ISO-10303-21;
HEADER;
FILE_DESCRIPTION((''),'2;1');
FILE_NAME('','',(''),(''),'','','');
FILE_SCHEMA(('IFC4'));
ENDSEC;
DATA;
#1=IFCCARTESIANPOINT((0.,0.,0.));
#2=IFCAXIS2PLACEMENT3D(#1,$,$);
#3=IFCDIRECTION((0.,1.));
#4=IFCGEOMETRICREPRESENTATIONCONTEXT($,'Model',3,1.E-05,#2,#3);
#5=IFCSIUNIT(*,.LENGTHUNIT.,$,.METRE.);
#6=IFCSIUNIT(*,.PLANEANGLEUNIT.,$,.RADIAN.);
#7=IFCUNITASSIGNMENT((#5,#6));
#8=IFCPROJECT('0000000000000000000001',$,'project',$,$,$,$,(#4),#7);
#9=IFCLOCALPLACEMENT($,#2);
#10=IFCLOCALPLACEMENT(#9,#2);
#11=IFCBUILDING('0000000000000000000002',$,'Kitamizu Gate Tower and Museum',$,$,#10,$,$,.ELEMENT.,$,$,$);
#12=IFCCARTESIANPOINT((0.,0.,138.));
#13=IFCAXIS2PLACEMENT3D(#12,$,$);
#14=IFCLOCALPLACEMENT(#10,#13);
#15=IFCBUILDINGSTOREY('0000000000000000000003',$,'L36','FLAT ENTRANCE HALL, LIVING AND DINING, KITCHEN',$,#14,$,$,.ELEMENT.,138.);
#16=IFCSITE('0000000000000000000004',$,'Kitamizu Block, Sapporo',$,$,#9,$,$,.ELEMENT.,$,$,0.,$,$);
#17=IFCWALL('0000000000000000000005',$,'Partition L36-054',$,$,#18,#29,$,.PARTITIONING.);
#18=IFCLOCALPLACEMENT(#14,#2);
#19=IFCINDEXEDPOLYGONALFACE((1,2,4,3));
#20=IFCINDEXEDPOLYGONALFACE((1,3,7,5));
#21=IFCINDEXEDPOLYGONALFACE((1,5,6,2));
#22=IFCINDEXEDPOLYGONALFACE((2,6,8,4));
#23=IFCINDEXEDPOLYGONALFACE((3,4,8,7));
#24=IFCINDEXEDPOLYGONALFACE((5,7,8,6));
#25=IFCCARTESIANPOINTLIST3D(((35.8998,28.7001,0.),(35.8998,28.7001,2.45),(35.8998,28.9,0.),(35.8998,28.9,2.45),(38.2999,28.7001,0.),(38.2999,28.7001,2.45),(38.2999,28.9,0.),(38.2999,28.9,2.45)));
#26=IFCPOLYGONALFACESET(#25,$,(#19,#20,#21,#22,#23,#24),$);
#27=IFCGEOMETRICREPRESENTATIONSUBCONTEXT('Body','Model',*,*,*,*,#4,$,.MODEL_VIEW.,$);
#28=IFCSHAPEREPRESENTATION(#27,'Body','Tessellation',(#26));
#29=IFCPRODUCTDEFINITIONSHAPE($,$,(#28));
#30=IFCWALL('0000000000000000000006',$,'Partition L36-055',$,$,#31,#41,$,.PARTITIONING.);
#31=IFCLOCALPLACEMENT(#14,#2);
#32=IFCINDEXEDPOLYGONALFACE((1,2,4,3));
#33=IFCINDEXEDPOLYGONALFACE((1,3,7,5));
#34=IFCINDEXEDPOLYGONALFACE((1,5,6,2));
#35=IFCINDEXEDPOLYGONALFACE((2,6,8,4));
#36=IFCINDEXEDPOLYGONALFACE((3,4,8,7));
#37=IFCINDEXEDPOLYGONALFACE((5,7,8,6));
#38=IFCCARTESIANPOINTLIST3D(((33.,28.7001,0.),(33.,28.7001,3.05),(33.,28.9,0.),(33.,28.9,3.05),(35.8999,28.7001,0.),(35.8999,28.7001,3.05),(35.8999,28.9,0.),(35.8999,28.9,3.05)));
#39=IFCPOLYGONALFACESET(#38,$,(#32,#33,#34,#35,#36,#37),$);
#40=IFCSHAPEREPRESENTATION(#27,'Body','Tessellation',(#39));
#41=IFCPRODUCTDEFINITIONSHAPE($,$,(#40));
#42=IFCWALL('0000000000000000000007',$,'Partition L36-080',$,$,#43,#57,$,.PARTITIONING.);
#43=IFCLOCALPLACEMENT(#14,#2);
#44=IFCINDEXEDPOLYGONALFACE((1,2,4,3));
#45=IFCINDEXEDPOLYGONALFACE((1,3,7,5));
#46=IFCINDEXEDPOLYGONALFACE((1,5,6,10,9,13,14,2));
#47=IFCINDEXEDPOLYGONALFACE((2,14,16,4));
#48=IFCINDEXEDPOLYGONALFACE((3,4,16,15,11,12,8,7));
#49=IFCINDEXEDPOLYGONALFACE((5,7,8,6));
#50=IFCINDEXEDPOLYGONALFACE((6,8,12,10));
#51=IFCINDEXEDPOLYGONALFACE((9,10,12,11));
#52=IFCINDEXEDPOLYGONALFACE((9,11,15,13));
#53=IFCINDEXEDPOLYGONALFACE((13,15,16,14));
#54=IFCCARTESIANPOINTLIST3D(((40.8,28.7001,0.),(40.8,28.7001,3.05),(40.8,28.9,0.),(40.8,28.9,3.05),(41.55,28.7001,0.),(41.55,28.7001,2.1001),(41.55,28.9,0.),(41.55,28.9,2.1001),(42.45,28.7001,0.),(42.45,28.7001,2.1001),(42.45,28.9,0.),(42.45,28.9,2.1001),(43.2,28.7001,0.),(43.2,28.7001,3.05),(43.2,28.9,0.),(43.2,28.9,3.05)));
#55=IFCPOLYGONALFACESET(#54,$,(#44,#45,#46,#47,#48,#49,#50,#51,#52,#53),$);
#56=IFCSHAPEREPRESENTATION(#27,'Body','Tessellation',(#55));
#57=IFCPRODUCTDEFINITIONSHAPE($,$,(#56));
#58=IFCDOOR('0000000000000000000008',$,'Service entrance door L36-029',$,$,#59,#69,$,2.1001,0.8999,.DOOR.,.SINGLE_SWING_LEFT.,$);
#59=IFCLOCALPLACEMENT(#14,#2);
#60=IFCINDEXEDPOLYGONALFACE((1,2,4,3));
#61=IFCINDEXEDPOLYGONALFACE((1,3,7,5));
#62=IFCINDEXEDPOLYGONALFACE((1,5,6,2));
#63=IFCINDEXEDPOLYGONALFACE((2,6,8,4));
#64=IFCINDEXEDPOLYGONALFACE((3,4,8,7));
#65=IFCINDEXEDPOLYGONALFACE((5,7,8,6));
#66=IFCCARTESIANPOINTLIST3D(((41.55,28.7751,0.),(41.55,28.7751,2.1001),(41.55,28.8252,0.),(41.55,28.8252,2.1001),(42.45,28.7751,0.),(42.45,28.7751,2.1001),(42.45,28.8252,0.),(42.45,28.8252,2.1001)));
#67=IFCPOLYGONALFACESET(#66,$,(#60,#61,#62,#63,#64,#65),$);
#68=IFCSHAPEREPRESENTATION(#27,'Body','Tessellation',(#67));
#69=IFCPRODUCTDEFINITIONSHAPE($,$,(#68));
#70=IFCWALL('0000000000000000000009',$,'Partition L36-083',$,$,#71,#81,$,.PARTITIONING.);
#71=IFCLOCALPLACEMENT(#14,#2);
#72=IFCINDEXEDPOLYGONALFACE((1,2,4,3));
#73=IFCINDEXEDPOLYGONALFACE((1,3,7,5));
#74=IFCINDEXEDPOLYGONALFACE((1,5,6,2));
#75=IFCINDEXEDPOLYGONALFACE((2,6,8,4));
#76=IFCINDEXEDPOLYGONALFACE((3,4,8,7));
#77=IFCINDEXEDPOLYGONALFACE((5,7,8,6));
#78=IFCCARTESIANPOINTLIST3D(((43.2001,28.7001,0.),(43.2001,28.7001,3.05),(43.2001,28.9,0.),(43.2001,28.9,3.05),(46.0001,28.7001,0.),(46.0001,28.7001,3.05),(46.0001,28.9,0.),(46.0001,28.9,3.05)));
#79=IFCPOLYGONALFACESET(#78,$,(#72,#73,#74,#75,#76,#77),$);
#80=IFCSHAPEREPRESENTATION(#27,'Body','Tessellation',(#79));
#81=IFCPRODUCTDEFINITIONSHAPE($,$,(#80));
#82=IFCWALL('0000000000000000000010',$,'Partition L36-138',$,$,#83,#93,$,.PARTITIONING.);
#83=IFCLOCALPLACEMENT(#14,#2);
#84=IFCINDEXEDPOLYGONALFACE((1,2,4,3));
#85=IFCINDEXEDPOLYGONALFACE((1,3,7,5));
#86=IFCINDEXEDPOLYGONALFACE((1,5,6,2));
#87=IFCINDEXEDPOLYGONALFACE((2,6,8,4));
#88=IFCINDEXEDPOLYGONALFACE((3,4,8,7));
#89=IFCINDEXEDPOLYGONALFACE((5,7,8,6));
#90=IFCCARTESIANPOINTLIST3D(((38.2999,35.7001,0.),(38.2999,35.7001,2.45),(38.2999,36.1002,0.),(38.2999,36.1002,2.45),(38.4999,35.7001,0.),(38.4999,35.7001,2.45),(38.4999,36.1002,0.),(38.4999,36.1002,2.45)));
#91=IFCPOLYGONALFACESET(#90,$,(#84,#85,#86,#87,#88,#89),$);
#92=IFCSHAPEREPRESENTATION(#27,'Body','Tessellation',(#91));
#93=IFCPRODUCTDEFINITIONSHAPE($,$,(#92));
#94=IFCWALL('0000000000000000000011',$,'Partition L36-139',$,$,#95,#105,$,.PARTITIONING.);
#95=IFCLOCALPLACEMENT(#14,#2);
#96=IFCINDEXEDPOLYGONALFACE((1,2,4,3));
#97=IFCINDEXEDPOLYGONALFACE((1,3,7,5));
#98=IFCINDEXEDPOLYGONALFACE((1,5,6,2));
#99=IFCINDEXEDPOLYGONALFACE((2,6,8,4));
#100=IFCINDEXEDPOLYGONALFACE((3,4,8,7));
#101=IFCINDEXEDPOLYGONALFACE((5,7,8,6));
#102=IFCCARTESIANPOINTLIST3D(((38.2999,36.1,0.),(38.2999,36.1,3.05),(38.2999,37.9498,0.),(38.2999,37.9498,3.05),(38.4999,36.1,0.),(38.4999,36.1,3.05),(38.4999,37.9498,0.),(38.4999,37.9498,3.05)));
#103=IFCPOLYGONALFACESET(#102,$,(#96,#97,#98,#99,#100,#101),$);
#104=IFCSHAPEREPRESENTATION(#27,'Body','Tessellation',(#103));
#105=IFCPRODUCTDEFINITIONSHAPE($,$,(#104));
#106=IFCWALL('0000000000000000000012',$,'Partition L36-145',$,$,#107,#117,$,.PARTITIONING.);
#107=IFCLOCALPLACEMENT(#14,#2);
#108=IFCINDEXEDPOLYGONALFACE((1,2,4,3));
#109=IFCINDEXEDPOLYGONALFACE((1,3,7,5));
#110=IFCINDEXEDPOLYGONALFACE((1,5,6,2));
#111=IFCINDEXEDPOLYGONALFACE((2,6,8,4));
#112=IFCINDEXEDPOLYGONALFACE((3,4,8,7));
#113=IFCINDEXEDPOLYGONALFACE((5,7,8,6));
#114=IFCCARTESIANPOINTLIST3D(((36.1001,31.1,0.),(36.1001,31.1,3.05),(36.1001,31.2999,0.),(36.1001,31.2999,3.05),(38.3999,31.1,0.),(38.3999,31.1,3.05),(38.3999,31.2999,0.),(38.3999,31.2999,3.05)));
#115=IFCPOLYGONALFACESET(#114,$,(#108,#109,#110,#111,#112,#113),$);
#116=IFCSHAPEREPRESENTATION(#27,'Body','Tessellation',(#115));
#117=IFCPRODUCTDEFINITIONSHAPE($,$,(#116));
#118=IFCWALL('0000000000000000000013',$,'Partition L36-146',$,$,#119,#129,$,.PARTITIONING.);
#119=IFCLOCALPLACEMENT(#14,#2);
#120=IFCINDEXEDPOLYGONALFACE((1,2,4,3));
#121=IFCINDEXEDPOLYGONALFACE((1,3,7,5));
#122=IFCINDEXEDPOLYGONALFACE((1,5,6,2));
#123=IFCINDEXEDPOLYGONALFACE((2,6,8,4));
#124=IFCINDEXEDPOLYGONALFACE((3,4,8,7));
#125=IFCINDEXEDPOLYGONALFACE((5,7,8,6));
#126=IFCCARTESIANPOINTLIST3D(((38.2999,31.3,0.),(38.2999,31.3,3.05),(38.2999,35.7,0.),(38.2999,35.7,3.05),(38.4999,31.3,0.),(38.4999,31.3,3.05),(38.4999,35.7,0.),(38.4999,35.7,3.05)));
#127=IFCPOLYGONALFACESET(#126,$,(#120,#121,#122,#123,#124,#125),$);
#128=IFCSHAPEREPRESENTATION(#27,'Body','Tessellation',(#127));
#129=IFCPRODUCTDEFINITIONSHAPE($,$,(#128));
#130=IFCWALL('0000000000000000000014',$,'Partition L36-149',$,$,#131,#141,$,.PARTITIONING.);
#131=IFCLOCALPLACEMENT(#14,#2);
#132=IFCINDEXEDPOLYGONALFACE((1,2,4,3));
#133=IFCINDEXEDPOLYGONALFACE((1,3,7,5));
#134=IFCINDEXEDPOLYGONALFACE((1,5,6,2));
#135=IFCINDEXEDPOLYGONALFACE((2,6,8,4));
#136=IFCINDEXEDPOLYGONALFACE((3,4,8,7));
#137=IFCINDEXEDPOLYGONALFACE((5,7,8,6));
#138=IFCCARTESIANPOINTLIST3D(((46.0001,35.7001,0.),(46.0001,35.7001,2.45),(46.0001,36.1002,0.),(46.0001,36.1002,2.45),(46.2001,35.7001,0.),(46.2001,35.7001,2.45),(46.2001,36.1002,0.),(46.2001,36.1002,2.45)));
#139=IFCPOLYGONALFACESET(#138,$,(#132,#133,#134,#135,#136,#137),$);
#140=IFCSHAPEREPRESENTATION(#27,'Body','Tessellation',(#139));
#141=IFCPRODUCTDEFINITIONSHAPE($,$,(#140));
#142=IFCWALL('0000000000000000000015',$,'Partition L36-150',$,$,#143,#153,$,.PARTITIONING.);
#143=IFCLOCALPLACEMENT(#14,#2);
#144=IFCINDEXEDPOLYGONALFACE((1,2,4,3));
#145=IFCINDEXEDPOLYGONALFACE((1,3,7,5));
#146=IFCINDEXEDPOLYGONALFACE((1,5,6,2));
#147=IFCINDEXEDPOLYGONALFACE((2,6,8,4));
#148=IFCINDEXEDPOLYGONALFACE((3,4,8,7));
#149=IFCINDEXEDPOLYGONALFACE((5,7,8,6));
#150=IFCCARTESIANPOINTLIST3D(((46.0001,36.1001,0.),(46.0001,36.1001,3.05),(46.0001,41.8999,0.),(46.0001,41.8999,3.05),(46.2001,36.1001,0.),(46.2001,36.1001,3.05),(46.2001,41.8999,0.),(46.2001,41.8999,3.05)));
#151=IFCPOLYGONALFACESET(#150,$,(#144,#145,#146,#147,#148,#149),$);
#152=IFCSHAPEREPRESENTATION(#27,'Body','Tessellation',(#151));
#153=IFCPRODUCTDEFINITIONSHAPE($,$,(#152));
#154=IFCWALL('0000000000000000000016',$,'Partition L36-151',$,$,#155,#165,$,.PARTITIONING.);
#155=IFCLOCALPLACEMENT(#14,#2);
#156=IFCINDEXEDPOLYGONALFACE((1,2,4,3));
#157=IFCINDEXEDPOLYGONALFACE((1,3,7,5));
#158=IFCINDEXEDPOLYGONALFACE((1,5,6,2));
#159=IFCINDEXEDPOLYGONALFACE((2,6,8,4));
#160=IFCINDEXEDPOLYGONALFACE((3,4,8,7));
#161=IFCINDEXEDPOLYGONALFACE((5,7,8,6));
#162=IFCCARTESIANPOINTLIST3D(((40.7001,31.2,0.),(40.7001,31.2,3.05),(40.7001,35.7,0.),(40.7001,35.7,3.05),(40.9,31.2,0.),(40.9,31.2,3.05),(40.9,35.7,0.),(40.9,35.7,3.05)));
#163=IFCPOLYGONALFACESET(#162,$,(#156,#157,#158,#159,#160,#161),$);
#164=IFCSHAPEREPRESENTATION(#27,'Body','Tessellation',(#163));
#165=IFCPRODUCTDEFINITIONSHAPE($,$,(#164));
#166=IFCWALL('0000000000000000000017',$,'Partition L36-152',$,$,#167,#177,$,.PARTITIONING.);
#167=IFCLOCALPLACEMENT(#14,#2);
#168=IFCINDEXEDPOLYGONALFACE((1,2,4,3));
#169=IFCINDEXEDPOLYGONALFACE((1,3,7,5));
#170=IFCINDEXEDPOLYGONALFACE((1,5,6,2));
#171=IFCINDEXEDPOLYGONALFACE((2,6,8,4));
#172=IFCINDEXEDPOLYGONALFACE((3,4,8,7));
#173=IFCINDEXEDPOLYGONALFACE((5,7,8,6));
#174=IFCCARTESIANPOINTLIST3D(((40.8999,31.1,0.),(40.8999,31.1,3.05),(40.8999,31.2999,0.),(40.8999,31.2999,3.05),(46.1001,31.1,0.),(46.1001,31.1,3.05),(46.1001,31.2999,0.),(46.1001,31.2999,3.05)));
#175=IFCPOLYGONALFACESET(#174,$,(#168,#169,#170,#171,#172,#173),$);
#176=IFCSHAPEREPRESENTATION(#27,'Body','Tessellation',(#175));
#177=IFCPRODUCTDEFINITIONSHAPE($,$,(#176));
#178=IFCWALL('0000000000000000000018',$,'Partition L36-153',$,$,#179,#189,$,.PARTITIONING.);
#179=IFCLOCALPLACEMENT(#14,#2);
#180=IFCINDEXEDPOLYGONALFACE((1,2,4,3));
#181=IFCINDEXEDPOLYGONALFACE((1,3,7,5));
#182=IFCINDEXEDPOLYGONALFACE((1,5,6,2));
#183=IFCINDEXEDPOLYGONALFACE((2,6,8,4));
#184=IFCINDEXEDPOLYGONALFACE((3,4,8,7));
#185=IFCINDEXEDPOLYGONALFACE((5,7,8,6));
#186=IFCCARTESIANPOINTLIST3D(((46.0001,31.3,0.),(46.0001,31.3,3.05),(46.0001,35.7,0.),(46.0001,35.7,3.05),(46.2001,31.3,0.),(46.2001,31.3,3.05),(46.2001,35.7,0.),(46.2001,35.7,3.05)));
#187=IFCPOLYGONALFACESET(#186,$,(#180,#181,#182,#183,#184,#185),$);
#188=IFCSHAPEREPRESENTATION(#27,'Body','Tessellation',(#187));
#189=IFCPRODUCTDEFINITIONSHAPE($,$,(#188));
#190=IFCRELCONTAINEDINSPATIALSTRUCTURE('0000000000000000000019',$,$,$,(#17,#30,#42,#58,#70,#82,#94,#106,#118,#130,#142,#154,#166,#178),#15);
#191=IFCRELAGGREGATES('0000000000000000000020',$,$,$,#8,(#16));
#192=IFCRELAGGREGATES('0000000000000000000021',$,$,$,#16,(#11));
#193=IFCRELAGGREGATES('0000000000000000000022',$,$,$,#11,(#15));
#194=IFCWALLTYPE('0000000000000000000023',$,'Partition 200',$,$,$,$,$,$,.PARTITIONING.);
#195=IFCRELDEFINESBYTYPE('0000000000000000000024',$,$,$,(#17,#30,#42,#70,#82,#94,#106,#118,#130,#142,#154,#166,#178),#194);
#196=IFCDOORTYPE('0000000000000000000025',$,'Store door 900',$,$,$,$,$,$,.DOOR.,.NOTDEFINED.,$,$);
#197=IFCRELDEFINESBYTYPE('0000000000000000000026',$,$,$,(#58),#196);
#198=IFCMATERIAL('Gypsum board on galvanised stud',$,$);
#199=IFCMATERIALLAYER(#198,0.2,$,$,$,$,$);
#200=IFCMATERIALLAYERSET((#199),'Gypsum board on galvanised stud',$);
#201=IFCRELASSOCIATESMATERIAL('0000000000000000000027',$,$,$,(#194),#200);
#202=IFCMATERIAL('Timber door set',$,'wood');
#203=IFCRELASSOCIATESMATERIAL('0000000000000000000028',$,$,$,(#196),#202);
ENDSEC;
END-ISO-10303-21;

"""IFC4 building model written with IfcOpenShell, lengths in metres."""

from ifc_helpers import new_model, si_unit, direction, frame, frame_2d, origin, place, context, subcontext, project, spatial, rectangle, extrude, material, layer, layer_set, type_object, element, fill, save


model = new_model("IFC4")

# Units and contexts
model_context = context("Model", 3, precision=1e-05, world=origin(), true_north=direction((0.0, 1.0)))
body_context = subcontext(model_context, "Body", "Model", "MODEL_VIEW")
ifc_project = project(units=[si_unit("LENGTHUNIT", "METRE"), si_unit("PLANEANGLEUNIT", "RADIAN")], contexts=[model_context])

# Site, building, storey
site_placement = place(None, origin())
site = spatial("IfcSite", under=ifc_project, at=site_placement, Name="Kitamizu Block, Sapporo", CompositionType="ELEMENT", RefElevation=0.0)
building_placement = place(site_placement, origin())
building = spatial("IfcBuilding", under=site, at=building_placement, Name="Kitamizu Gate Tower and Museum", CompositionType="ELEMENT")
storey_placement = place(building_placement, frame((0.0, 0.0, 138.0)))
storey = spatial("IfcBuildingStorey", under=building, at=storey_placement, Name="L36", Description="FLAT ENTRANCE HALL, LIVING AND DINING, KITCHEN", CompositionType="ELEMENT", Elevation=138.0)

# Walls
ifc_material_1 = material(Name="Gypsum board on galvanised stud")
ifc_layer_1 = layer(ifc_material_1, 0.2)
ifc_layer_set_1 = layer_set([ifc_layer_1], Name="Gypsum board on galvanised stud")
wall_type_1 = type_object("IfcWallType", Name="Partition 200", PredefinedType="PARTITIONING", material=ifc_layer_set_1)
wall_1_placement = place(storey_placement, frame((38.3, 28.8, 0.0), z_axis=(0.0, 0.0, 1.0), x_axis=(-1.0, 0.0, 0.0)))
element("IfcWall", 1, at=wall_1_placement, inside=storey, type_object=wall_type_1, Name="Partition L36-054", PredefinedType="PARTITIONING", context=body_context, shape_type="SweptSolid", body=[
    extrude(rectangle(XDim=2.4001, YDim=0.2, at=frame_2d((1.2002, 0.0))), origin(), (0.0, 0.0, 1.0), 2.45),
])
wall_2_placement = place(storey_placement, frame((35.8999, 28.8, 0.0), z_axis=(0.0, 0.0, 1.0), x_axis=(-1.0, 0.0, 0.0)))
element("IfcWall", 2, at=wall_2_placement, inside=storey, type_object=wall_type_1, Name="Partition L36-055", PredefinedType="PARTITIONING", context=body_context, shape_type="SweptSolid", body=[
    extrude(rectangle(XDim=2.8999, YDim=0.2, at=frame_2d((1.45, 0.0))), origin(), (0.0, 0.0, 1.0), 3.05),
])

# Wall, opening, door
wall_3_placement = place(storey_placement, frame((43.2, 28.8, 0.0), z_axis=(0.0, 0.0, 1.0), x_axis=(-1.0, 0.0, 0.0)))
wall_3 = element("IfcWall", 3, at=wall_3_placement, inside=storey, type_object=wall_type_1, Name="Partition L36-080", PredefinedType="PARTITIONING", context=body_context, shape_type="SweptSolid", body=[
    extrude(rectangle(XDim=2.3999, YDim=0.2, at=frame_2d((1.2, 0.0))), origin(), (0.0, 0.0, 1.0), 3.05),
])
opening_1_placement = place(wall_3_placement, frame((0.75, 0.0, 0.0)))
opening_1 = element("IfcOpeningElement", 4, at=opening_1_placement, cuts=wall_3, PredefinedType="OPENING", context=body_context, shape_type="SweptSolid", body=[
    extrude(rectangle(XDim=0.8999, YDim=2.1001, at=frame_2d((0.45, 1.05))), frame((0.0, 0.1099, 0.0), z_axis=(0.0, -1.0, 0.0), x_axis=(1.0, 0.0, 0.0)), (0.0, 0.0, 1.0), 0.22),
])
ifc_material_2 = material(Name="Timber door set", Category="wood")
door_type_1 = type_object("IfcDoorType", Name="Store door 900", OperationType="NOTDEFINED", PredefinedType="DOOR", material=ifc_material_2)
door_1_placement = place(opening_1_placement, origin())
door_1 = element("IfcDoor", 5, at=door_1_placement, inside=storey, type_object=door_type_1, Name="Service entrance door L36-029", OperationType="SINGLE_SWING_LEFT", OverallHeight=2.1001, OverallWidth=0.8999, PredefinedType="DOOR", context=body_context, shape_type="SweptSolid", body=[
    extrude(rectangle(XDim=0.8999, YDim=2.1001, at=frame_2d((0.45, 1.05))), frame((0.0, 0.0249, 0.0), z_axis=(0.0, -1.0, 0.0), x_axis=(1.0, 0.0, 0.0)), (0.0, 0.0, 1.0), 0.05),
])
fill(opening_1, door_1)

# Walls
wall_4_placement = place(storey_placement, frame((46.0, 28.8, 0.0), z_axis=(0.0, 0.0, 1.0), x_axis=(-1.0, 0.0, 0.0)))
element("IfcWall", 6, at=wall_4_placement, inside=storey, type_object=wall_type_1, Name="Partition L36-083", PredefinedType="PARTITIONING", context=body_context, shape_type="SweptSolid", body=[
    extrude(rectangle(XDim=2.8, YDim=0.2, at=frame_2d((1.3999, 0.0))), origin(), (0.0, 0.0, 1.0), 3.05),
])
wall_5_placement = place(storey_placement, frame((38.3999, 35.7, 0.0), z_axis=(0.0, 0.0, 1.0), x_axis=(0.0, 1.0, 0.0)))
element("IfcWall", 7, at=wall_5_placement, inside=storey, type_object=wall_type_1, Name="Partition L36-138", PredefinedType="PARTITIONING", context=body_context, shape_type="SweptSolid", body=[
    extrude(rectangle(XDim=0.4001, YDim=0.2, at=frame_2d((0.2002, 0.0))), origin(), (0.0, 0.0, 1.0), 2.45),
])
wall_6_placement = place(storey_placement, frame((38.3999, 36.1001, 0.0), z_axis=(0.0, 0.0, 1.0), x_axis=(0.0, 1.0, 0.0)))
element("IfcWall", 8, at=wall_6_placement, inside=storey, type_object=wall_type_1, Name="Partition L36-139", PredefinedType="PARTITIONING", context=body_context, shape_type="SweptSolid", body=[
    extrude(rectangle(XDim=1.8499, YDim=0.2, at=frame_2d((0.9248, 0.0))), origin(), (0.0, 0.0, 1.0), 3.05),
])
wall_7_placement = place(storey_placement, frame((36.1001, 31.2, 0.0), z_axis=(0.0, 0.0, 1.0), x_axis=(1.0, 0.0, 0.0)))
element("IfcWall", 9, at=wall_7_placement, inside=storey, type_object=wall_type_1, Name="Partition L36-145", PredefinedType="PARTITIONING", context=body_context, shape_type="SweptSolid", body=[
    extrude(rectangle(XDim=2.2998, YDim=0.2, at=frame_2d((1.1499, 0.0))), origin(), (0.0, 0.0, 1.0), 3.05),
])
wall_8_placement = place(storey_placement, frame((38.3999, 31.3, 0.0), z_axis=(0.0, 0.0, 1.0), x_axis=(0.0, 1.0, 0.0)))
element("IfcWall", 10, at=wall_8_placement, inside=storey, type_object=wall_type_1, Name="Partition L36-146", PredefinedType="PARTITIONING", context=body_context, shape_type="SweptSolid", body=[
    extrude(rectangle(XDim=4.3999, YDim=0.2, at=frame_2d((2.2, 0.0))), origin(), (0.0, 0.0, 1.0), 3.05),
])
wall_9_placement = place(storey_placement, frame((46.1001, 35.7, 0.0), z_axis=(0.0, 0.0, 1.0), x_axis=(0.0, 1.0, 0.0)))
element("IfcWall", 11, at=wall_9_placement, inside=storey, type_object=wall_type_1, Name="Partition L36-149", PredefinedType="PARTITIONING", context=body_context, shape_type="SweptSolid", body=[
    extrude(rectangle(XDim=0.4001, YDim=0.2, at=frame_2d((0.2002, 0.0))), origin(), (0.0, 0.0, 1.0), 2.45),
])
wall_10_placement = place(storey_placement, frame((46.1001, 36.1001, 0.0), z_axis=(0.0, 0.0, 1.0), x_axis=(0.0, 1.0, 0.0)))
element("IfcWall", 12, at=wall_10_placement, inside=storey, type_object=wall_type_1, Name="Partition L36-150", PredefinedType="PARTITIONING", context=body_context, shape_type="SweptSolid", body=[
    extrude(rectangle(XDim=5.7998, YDim=0.2, at=frame_2d((2.8999, 0.0))), origin(), (0.0, 0.0, 1.0), 3.05),
])
wall_11_placement = place(storey_placement, frame((40.8, 35.7, 0.0), z_axis=(0.0, 0.0, 1.0), x_axis=(0.0, -1.0, 0.0)))
element("IfcWall", 13, at=wall_11_placement, inside=storey, type_object=wall_type_1, Name="Partition L36-151", PredefinedType="PARTITIONING", context=body_context, shape_type="SweptSolid", body=[
    extrude(rectangle(XDim=4.5, YDim=0.2, at=frame_2d((2.25, 0.0))), origin(), (0.0, 0.0, 1.0), 3.05),
])
wall_12_placement = place(storey_placement, frame((40.8999, 31.2, 0.0), z_axis=(0.0, 0.0, 1.0), x_axis=(1.0, 0.0, 0.0)))
element("IfcWall", 14, at=wall_12_placement, inside=storey, type_object=wall_type_1, Name="Partition L36-152", PredefinedType="PARTITIONING", context=body_context, shape_type="SweptSolid", body=[
    extrude(rectangle(XDim=5.2002, YDim=0.2, at=frame_2d((2.6001, 0.0))), origin(), (0.0, 0.0, 1.0), 3.05),
])
wall_13_placement = place(storey_placement, frame((46.1001, 31.3, 0.0), z_axis=(0.0, 0.0, 1.0), x_axis=(0.0, 1.0, 0.0)))
element("IfcWall", 15, at=wall_13_placement, inside=storey, type_object=wall_type_1, Name="Partition L36-153", PredefinedType="PARTITIONING", context=body_context, shape_type="SweptSolid", body=[
    extrude(rectangle(XDim=4.3999, YDim=0.2, at=frame_2d((2.2, 0.0))), origin(), (0.0, 0.0, 1.0), 3.05),
])

save(model, "model.ifc")
